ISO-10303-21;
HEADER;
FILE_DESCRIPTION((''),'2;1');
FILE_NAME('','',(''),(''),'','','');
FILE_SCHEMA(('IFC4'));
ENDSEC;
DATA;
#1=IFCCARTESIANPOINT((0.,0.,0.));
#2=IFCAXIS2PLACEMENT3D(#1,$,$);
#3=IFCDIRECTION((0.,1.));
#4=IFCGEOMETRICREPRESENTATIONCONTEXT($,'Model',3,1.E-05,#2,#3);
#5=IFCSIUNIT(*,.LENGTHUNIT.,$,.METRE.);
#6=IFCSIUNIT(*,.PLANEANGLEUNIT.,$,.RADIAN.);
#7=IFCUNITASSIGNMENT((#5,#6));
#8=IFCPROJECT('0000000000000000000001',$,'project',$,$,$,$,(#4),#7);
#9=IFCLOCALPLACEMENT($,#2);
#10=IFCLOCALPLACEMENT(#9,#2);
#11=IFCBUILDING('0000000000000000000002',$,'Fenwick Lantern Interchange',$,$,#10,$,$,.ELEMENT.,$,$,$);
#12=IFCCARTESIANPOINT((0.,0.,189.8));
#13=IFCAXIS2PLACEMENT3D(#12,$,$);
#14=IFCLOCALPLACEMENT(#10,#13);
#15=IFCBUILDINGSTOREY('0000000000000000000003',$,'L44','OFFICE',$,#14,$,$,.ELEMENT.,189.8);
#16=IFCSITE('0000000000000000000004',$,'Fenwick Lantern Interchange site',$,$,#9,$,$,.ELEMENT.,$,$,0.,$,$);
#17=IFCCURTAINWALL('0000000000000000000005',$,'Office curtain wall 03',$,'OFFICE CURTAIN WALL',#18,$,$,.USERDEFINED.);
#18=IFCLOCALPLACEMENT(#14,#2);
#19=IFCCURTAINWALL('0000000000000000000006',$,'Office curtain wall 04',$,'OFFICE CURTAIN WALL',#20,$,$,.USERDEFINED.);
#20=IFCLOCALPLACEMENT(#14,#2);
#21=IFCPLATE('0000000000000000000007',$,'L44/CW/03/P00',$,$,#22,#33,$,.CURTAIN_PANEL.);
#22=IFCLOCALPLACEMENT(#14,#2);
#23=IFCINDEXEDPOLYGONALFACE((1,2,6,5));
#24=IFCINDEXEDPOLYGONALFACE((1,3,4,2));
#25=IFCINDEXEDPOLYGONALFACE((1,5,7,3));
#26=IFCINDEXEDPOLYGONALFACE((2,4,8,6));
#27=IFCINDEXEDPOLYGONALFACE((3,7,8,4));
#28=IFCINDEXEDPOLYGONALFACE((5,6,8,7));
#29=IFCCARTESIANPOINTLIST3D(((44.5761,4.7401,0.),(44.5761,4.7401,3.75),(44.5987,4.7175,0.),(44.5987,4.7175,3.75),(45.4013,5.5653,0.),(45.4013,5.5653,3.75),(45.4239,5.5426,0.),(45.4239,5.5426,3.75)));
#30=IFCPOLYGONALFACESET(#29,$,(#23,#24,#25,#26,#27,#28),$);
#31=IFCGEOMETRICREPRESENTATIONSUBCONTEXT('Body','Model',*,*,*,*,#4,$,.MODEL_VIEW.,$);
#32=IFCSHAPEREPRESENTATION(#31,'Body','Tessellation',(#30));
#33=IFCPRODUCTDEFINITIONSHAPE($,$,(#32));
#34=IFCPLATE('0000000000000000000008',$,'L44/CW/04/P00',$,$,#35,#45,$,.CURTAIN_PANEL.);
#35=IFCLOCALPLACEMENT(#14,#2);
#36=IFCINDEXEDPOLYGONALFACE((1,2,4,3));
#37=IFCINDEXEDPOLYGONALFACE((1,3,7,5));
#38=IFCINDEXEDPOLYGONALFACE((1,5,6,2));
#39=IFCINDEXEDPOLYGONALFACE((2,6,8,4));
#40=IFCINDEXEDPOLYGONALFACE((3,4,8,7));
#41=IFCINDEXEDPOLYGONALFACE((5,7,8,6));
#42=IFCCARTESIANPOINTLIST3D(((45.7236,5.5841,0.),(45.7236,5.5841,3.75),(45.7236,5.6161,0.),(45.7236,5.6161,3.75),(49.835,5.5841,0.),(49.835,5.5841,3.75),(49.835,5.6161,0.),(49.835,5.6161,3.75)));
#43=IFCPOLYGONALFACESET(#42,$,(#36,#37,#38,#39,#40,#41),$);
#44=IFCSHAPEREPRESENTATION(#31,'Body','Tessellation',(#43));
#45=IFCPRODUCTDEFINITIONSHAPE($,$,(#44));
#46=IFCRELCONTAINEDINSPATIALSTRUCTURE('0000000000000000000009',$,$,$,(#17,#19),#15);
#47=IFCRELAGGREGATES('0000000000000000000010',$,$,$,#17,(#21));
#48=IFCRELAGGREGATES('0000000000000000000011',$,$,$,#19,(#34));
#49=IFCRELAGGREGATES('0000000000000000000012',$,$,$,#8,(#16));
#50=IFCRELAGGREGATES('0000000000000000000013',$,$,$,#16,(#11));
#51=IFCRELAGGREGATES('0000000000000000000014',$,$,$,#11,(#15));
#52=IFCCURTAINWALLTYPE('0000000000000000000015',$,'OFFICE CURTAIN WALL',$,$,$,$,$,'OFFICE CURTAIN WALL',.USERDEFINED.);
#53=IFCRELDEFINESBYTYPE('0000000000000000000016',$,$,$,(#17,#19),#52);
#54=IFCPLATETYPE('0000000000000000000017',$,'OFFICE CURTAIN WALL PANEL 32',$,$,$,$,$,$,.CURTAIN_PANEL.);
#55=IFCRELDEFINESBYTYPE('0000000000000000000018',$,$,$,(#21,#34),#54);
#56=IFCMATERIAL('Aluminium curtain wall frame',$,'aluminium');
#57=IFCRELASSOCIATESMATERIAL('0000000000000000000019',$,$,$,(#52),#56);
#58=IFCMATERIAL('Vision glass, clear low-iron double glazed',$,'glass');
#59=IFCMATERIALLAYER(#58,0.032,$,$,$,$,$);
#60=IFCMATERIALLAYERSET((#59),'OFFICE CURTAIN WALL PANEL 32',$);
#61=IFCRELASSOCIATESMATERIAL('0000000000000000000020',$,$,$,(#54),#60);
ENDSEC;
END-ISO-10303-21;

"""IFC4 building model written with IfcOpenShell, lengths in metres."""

from ifc_helpers import new_model, si_unit, direction, frame, origin, origin_2d, place, context, subcontext, project, spatial, rectangle, extrude, material, layer, layer_set, type_object, element, aggregate, save


model = new_model("IFC4")

# Units and contexts
model_context = context("Model", 3, precision=1e-05, world=origin(), true_north=direction((0.0, 1.0)))
body_context = subcontext(model_context, "Body", "Model", "MODEL_VIEW")
ifc_project = project(units=[si_unit("LENGTHUNIT", "METRE"), si_unit("PLANEANGLEUNIT", "RADIAN")], contexts=[model_context])

# Site, building, storey
site_placement = place(None, origin())
site = spatial("IfcSite", under=ifc_project, at=site_placement, Name="Fenwick Lantern Interchange site", CompositionType="ELEMENT", RefElevation=0.0)
building_placement = place(site_placement, origin())
building = spatial("IfcBuilding", under=site, at=building_placement, Name="Fenwick Lantern Interchange", CompositionType="ELEMENT")
storey_placement = place(building_placement, frame((0.0, 0.0, 189.8)))
storey = spatial("IfcBuildingStorey", under=building, at=storey_placement, Name="L44", Description="OFFICE", CompositionType="ELEMENT", Elevation=189.8)

# Shared definitions
ifc_material_1 = material(Name="Aluminium curtain wall frame", Category="aluminium")
curtain_wall_type = type_object("IfcCurtainWallType", Name="OFFICE CURTAIN WALL", ElementType="OFFICE CURTAIN WALL", PredefinedType="USERDEFINED", material=ifc_material_1)

# Curtain walls
curtain_wall_1_placement = place(storey_placement, origin())
curtain_wall_1 = element("IfcCurtainWall", 1, at=curtain_wall_1_placement, inside=storey, type_object=curtain_wall_type, Name="Office curtain wall 03", ObjectType="OFFICE CURTAIN WALL", PredefinedType="USERDEFINED")
curtain_wall_2_placement = place(storey_placement, origin())
curtain_wall_2 = element("IfcCurtainWall", 2, at=curtain_wall_2_placement, inside=storey, type_object=curtain_wall_type, Name="Office curtain wall 04", ObjectType="OFFICE CURTAIN WALL", PredefinedType="USERDEFINED")

# Plates
ifc_material_2 = material(Name="Vision glass, clear low-iron double glazed", Category="glass")
ifc_layer_1 = layer(ifc_material_2, 0.032)
ifc_layer_set_1 = layer_set([ifc_layer_1], Name="OFFICE CURTAIN WALL PANEL 32")
plate_type = type_object("IfcPlateType", Name="OFFICE CURTAIN WALL PANEL 32", PredefinedType="CURTAIN_PANEL", material=ifc_layer_set_1)
plate_1_placement = place(storey_placement, frame((45.0, 5.1414, 0.0), z_axis=(0.0, 0.0, 1.0), x_axis=(0.707107, 0.707107, 0.0)))
plate_1 = element("IfcPlate", 3, at=plate_1_placement, type_object=plate_type, Name="L44/CW/03/P00", PredefinedType="CURTAIN_PANEL", context=body_context, shape_type="SweptSolid", body=[
    extrude(rectangle(XDim=1.167, YDim=0.032, at=origin_2d()), origin(), (0.0, 0.0, 1.0), 3.75),
])
aggregate(curtain_wall_1, [plate_1])
plate_2_placement = place(storey_placement, frame((47.7793, 5.6001, 0.0), z_axis=(0.0, 0.0, 1.0), x_axis=(1.0, 0.0, 0.0)))
plate_2 = element("IfcPlate", 4, at=plate_2_placement, type_object=plate_type, Name="L44/CW/04/P00", PredefinedType="CURTAIN_PANEL", context=body_context, shape_type="SweptSolid", body=[
    extrude(rectangle(XDim=4.1113, YDim=0.032, at=origin_2d()), origin(), (0.0, 0.0, 1.0), 3.75),
])
aggregate(curtain_wall_2, [plate_2])

save(model, "model.ifc")
